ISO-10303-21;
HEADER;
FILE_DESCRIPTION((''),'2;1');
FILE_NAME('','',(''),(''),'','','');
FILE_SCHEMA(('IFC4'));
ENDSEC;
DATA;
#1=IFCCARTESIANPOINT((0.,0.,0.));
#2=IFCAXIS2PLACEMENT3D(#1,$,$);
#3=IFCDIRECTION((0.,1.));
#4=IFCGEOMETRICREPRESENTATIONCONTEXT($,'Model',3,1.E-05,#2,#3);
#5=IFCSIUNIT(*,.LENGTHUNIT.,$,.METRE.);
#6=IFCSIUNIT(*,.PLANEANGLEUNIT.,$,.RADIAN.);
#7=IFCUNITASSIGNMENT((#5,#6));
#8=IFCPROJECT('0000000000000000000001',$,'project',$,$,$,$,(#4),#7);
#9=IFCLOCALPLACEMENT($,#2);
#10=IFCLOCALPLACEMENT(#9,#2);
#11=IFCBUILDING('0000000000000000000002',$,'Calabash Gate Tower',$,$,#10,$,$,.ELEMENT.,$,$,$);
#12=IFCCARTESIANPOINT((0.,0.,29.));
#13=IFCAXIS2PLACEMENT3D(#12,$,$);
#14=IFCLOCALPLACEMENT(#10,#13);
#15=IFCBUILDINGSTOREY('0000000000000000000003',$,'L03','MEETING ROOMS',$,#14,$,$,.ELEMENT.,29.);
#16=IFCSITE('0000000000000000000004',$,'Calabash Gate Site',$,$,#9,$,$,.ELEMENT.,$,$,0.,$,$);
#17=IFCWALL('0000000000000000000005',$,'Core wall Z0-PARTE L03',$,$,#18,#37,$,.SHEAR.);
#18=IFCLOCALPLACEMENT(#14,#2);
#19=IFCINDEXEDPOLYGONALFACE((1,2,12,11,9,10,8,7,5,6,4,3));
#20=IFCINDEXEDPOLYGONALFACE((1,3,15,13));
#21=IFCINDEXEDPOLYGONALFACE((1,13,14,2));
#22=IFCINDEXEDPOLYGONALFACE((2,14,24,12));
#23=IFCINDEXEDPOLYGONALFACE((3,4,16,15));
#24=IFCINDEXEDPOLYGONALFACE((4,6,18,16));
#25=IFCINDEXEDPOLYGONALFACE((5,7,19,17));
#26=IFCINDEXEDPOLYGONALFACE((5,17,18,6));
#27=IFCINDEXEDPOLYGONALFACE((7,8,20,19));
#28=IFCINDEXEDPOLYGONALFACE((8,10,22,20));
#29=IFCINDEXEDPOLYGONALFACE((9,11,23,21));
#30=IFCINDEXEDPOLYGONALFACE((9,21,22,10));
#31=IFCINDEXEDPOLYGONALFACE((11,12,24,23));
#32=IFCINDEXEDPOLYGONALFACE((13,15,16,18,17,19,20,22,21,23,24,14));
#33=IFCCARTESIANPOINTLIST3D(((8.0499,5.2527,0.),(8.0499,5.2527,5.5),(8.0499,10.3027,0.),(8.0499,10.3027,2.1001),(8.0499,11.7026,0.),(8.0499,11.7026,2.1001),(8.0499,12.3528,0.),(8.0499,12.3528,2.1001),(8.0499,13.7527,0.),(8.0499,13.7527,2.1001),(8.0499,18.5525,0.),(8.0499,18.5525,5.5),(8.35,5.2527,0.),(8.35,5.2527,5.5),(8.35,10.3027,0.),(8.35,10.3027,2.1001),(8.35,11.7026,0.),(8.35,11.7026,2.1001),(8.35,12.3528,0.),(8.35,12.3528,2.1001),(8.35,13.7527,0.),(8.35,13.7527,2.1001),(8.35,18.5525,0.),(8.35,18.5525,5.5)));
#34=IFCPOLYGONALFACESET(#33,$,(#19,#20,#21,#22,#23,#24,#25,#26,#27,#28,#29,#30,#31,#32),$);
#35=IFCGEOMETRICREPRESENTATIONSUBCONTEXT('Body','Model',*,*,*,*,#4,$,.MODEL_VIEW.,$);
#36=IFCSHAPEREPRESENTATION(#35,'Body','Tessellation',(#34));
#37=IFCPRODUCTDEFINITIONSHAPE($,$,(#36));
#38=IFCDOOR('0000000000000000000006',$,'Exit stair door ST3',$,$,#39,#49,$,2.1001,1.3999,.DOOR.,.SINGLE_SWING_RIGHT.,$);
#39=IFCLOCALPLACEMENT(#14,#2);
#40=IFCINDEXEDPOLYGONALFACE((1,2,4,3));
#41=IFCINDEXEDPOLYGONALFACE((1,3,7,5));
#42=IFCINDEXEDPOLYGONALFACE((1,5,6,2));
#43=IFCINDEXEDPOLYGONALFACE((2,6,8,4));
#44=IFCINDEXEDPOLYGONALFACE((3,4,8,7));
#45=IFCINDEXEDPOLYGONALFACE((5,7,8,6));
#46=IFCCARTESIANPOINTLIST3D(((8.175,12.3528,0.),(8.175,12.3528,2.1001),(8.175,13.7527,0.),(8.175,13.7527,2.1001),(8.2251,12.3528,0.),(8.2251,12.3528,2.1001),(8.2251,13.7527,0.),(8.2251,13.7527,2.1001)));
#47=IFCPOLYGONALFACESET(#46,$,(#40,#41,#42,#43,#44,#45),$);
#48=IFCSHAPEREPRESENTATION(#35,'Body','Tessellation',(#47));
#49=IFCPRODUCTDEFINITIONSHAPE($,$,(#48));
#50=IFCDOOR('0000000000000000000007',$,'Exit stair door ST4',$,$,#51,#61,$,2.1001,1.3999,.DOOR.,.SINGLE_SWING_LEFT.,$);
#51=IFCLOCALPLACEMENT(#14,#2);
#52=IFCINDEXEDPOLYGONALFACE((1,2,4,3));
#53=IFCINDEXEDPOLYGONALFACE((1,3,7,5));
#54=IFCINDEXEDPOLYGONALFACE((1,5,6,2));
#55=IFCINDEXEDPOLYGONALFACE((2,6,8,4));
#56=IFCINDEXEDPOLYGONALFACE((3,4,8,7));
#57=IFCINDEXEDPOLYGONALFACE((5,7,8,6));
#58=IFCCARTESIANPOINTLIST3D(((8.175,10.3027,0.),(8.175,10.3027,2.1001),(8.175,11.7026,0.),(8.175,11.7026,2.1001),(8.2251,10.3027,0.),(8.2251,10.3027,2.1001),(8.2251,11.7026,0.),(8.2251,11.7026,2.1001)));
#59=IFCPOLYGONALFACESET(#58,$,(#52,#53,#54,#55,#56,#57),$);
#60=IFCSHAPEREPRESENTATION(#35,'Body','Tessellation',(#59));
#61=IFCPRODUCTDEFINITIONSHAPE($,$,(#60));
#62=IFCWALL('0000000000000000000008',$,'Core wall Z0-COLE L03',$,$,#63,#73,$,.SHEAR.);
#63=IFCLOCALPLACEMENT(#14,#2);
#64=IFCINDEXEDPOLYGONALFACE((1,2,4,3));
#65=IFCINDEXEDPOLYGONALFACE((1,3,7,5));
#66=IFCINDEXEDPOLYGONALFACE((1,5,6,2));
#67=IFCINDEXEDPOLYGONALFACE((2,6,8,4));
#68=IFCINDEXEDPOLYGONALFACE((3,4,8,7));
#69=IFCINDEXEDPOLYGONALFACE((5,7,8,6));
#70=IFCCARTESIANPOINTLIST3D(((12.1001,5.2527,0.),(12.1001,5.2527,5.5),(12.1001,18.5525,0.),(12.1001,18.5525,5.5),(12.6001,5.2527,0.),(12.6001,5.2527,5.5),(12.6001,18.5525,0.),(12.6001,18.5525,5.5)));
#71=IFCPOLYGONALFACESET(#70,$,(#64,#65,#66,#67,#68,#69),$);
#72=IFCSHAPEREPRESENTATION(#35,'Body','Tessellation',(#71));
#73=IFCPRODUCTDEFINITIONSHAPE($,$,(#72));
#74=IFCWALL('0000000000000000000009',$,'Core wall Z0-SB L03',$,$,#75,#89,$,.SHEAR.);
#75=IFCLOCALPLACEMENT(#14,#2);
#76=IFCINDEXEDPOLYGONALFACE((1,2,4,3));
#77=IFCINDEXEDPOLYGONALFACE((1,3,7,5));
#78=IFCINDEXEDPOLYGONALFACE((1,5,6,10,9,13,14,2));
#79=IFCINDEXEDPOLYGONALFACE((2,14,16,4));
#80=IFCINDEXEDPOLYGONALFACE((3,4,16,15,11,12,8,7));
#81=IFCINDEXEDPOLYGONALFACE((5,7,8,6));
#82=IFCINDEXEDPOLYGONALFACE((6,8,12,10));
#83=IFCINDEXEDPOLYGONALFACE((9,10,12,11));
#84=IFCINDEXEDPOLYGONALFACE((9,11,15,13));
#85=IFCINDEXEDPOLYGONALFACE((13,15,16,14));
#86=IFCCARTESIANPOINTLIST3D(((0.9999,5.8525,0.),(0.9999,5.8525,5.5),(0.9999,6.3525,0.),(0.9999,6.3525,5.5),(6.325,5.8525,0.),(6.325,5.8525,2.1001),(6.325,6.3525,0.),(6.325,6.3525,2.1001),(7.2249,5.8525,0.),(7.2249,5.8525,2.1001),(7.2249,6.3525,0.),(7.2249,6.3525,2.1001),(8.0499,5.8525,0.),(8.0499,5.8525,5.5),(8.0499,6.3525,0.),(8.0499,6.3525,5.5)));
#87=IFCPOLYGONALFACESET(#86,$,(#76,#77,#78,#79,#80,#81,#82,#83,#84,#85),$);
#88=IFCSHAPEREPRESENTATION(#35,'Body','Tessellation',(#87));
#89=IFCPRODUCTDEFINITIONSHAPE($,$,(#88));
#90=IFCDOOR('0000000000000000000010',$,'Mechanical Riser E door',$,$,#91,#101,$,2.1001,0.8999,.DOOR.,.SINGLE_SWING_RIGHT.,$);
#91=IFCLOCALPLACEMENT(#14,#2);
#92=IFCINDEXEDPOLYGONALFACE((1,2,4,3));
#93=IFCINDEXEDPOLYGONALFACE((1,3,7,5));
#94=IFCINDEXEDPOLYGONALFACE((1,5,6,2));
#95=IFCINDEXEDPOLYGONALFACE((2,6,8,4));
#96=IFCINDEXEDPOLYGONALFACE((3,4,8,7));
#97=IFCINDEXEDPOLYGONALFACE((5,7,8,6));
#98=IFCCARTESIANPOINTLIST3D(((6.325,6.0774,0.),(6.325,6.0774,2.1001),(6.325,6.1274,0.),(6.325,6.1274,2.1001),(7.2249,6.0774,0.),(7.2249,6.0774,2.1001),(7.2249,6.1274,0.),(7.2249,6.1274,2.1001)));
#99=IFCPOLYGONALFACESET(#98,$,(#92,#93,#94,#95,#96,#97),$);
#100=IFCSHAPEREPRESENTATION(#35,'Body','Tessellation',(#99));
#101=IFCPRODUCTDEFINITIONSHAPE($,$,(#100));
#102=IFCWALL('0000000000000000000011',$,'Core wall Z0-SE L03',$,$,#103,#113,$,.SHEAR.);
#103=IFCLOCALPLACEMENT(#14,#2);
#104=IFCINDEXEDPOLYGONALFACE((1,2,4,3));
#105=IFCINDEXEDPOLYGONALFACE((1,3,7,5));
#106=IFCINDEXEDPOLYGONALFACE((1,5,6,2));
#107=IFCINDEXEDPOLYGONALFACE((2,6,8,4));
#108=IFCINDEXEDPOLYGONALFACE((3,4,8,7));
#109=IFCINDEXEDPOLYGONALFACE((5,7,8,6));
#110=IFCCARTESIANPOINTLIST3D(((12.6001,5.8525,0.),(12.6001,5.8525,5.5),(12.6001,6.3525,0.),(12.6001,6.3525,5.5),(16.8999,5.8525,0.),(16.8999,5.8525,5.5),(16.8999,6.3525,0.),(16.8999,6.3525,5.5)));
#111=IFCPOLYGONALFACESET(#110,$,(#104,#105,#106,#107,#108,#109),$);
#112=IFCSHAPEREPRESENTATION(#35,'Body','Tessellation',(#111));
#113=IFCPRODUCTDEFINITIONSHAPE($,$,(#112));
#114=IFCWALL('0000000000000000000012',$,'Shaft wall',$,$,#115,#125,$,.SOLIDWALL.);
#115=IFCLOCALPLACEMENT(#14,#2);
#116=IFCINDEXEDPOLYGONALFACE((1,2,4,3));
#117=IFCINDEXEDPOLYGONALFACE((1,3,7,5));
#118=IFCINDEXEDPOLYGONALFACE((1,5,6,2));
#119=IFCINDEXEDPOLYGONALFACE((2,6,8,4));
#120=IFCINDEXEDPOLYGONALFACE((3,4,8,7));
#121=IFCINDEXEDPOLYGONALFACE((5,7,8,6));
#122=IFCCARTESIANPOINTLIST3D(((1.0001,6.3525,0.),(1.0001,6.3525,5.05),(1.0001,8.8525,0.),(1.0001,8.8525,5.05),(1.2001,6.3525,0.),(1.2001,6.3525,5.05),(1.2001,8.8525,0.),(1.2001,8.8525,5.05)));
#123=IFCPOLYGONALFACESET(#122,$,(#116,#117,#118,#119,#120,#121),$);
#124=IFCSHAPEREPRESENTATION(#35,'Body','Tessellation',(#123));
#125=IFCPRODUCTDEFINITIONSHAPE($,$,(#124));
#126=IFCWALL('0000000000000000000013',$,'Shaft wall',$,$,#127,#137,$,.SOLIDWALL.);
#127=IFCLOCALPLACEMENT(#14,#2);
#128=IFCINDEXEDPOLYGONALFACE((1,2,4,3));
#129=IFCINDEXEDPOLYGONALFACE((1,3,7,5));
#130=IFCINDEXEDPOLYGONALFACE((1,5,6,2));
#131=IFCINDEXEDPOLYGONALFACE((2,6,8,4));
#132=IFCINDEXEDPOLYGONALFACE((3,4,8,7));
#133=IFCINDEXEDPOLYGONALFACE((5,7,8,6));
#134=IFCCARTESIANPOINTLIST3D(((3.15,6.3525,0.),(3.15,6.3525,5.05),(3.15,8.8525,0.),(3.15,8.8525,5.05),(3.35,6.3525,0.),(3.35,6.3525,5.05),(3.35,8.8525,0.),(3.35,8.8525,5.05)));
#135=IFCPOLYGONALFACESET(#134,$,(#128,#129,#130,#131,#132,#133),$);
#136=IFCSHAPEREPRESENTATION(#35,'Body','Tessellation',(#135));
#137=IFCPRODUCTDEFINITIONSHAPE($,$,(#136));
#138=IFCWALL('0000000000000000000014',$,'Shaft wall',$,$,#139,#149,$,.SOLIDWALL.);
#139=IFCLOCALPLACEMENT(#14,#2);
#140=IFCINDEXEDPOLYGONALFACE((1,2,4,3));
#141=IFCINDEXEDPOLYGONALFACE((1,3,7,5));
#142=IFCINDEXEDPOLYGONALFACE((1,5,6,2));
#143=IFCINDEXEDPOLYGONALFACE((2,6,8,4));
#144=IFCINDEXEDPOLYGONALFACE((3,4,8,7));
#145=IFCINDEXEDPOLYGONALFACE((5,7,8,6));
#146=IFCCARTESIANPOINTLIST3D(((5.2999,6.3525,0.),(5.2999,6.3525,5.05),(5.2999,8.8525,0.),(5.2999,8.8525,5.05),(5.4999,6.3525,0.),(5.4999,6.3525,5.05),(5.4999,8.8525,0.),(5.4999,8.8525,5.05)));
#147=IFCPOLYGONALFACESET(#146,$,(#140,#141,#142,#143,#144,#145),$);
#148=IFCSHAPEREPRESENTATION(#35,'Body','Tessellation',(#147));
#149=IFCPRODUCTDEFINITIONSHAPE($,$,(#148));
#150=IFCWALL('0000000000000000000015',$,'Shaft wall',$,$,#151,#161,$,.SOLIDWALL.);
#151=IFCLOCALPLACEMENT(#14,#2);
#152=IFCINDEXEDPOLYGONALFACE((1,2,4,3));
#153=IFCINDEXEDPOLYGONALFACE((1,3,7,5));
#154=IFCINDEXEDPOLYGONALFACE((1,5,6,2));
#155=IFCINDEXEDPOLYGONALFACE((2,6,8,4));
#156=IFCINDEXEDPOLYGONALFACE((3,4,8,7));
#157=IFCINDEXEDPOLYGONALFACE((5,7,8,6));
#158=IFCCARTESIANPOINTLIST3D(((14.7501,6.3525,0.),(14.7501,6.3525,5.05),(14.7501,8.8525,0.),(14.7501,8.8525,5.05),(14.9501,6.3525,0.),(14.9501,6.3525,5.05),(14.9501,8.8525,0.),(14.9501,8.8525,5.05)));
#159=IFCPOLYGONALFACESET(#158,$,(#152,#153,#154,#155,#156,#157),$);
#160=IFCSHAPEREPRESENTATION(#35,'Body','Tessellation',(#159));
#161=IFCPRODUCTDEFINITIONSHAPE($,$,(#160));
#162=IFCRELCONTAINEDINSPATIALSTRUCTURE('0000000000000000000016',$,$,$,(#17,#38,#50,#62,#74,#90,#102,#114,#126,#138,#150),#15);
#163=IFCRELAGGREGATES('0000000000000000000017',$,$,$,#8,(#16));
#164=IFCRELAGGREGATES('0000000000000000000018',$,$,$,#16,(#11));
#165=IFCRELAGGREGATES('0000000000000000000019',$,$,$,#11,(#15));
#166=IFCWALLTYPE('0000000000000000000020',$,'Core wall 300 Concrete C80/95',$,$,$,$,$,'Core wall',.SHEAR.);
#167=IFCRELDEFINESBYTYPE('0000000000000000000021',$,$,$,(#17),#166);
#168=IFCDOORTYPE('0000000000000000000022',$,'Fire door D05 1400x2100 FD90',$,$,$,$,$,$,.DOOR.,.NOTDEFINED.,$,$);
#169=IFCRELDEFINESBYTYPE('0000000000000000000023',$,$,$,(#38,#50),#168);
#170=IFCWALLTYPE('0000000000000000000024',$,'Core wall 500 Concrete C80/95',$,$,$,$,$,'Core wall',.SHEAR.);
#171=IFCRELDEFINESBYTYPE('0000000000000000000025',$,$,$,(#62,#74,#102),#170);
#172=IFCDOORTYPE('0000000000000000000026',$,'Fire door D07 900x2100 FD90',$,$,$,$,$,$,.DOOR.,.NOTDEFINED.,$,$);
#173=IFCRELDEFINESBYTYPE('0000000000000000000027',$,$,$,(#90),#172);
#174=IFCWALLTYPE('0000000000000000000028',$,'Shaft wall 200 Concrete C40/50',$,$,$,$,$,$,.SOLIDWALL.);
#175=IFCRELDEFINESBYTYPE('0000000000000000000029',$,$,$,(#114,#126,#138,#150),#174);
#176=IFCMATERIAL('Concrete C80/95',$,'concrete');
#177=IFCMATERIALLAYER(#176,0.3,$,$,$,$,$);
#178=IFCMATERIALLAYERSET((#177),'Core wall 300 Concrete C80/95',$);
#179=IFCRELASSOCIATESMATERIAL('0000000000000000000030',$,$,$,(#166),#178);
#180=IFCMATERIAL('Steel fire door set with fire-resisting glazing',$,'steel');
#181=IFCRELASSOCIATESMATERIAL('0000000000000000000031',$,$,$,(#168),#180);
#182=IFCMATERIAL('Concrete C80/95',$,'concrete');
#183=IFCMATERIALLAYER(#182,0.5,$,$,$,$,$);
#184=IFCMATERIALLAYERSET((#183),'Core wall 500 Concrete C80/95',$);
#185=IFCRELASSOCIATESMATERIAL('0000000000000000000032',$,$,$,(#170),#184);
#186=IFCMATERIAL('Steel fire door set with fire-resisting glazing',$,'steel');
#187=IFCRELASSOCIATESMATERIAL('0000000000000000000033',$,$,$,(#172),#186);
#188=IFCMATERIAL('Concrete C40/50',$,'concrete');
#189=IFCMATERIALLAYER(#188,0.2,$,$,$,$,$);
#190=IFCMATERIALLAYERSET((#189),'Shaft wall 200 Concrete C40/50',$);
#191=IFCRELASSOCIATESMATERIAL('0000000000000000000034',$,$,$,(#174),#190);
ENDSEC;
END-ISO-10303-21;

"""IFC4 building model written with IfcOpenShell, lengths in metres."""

from ifc_helpers import new_model, si_unit, direction, frame, frame_2d, origin, place, context, subcontext, project, spatial, rectangle, extrude, material, layer, layer_set, type_object, element, fill, save


model = new_model("IFC4")

# Units and contexts
model_context = context("Model", 3, precision=1e-05, world=origin(), true_north=direction((0.0, 1.0)))
body_context = subcontext(model_context, "Body", "Model", "MODEL_VIEW")
ifc_project = project(units=[si_unit("LENGTHUNIT", "METRE"), si_unit("PLANEANGLEUNIT", "RADIAN")], contexts=[model_context])

# Site, building, storey
site_placement = place(None, origin())
site = spatial("IfcSite", under=ifc_project, at=site_placement, Name="Calabash Gate Site", CompositionType="ELEMENT", RefElevation=0.0)
building_placement = place(site_placement, origin())
building = spatial("IfcBuilding", under=site, at=building_placement, Name="Calabash Gate Tower", CompositionType="ELEMENT")
storey_placement = place(building_placement, frame((0.0, 0.0, 29.0)))
storey = spatial("IfcBuildingStorey", under=building, at=storey_placement, Name="L03", Description="MEETING ROOMS", CompositionType="ELEMENT", Elevation=29.0)

# Wall, openings, doors
ifc_material_1 = material(Name="Concrete C80/95", Category="concrete")
ifc_layer_1 = layer(ifc_material_1, 0.3)
ifc_layer_set_1 = layer_set([ifc_layer_1], Name="Core wall 300 Concrete C80/95")
wall_type_1 = type_object("IfcWallType", Name="Core wall 300 Concrete C80/95", ElementType="Core wall", PredefinedType="SHEAR", material=ifc_layer_set_1)
wall_1_placement = place(storey_placement, frame((8.2, 5.2527, 0.0), z_axis=(0.0, 0.0, 1.0), x_axis=(0.0, 1.0, 0.0)))
wall_1 = element("IfcWall", 1, at=wall_1_placement, inside=storey, type_object=wall_type_1, Name="Core wall Z0-PARTE L03", PredefinedType="SHEAR", context=body_context, shape_type="SweptSolid", body=[
    extrude(rectangle(XDim=13.2998, YDim=0.3, at=frame_2d((6.6499, 0.0))), origin(), (0.0, 0.0, 1.0), 5.5),
])
opening_1_placement = place(wall_1_placement, frame((7.1001, 0.0, 0.0)))
opening_1 = element("IfcOpeningElement", 2, at=opening_1_placement, cuts=wall_1, PredefinedType="OPENING", context=body_context, shape_type="SweptSolid", body=[
    extrude(rectangle(XDim=1.3999, YDim=2.1001, at=frame_2d((0.7, 1.05))), frame((0.0, 0.1599, 0.0), z_axis=(0.0, -1.0, 0.0), x_axis=(1.0, 0.0, 0.0)), (0.0, 0.0, 1.0), 0.3201),
])
opening_2_placement = place(wall_1_placement, frame((5.05, 0.0, 0.0)))
opening_2 = element("IfcOpeningElement", 3, at=opening_2_placement, cuts=wall_1, PredefinedType="OPENING", context=body_context, shape_type="SweptSolid", body=[
    extrude(rectangle(XDim=1.3999, YDim=2.1001, at=frame_2d((0.7, 1.05))), frame((0.0, 0.1599, 0.0), z_axis=(0.0, -1.0, 0.0), x_axis=(1.0, 0.0, 0.0)), (0.0, 0.0, 1.0), 0.3201),
])
ifc_material_2 = material(Name="Steel fire door set with fire-resisting glazing", Category="steel")
door_type_1 = type_object("IfcDoorType", Name="Fire door D05 1400x2100 FD90", OperationType="NOTDEFINED", PredefinedType="DOOR", material=ifc_material_2)
door_1_placement = place(opening_1_placement, origin())
door_1 = element("IfcDoor", 4, at=door_1_placement, inside=storey, type_object=door_type_1, Name="Exit stair door ST3", OperationType="SINGLE_SWING_RIGHT", OverallHeight=2.1001, OverallWidth=1.3999, PredefinedType="DOOR", context=body_context, shape_type="SweptSolid", body=[
    extrude(rectangle(XDim=1.3999, YDim=2.1001, at=frame_2d((0.7, 1.05))), frame((0.0, 0.0249, 0.0), z_axis=(0.0, -1.0, 0.0), x_axis=(1.0, 0.0, 0.0)), (0.0, 0.0, 1.0), 0.05),
])
fill(opening_1, door_1)
door_2_placement = place(opening_2_placement, origin())
door_2 = element("IfcDoor", 5, at=door_2_placement, inside=storey, type_object=door_type_1, Name="Exit stair door ST4", OperationType="SINGLE_SWING_LEFT", OverallHeight=2.1001, OverallWidth=1.3999, PredefinedType="DOOR", context=body_context, shape_type="SweptSolid", body=[
    extrude(rectangle(XDim=1.3999, YDim=2.1001, at=frame_2d((0.7, 1.05))), frame((0.0, 0.0249, 0.0), z_axis=(0.0, -1.0, 0.0), x_axis=(1.0, 0.0, 0.0)), (0.0, 0.0, 1.0), 0.05),
])
fill(opening_2, door_2)

# Wall
ifc_material_3 = material(Name="Concrete C80/95", Category="concrete")
ifc_layer_2 = layer(ifc_material_3, 0.5)
ifc_layer_set_2 = layer_set([ifc_layer_2], Name="Core wall 500 Concrete C80/95")
wall_type_2 = type_object("IfcWallType", Name="Core wall 500 Concrete C80/95", ElementType="Core wall", PredefinedType="SHEAR", material=ifc_layer_set_2)
wall_2_placement = place(storey_placement, frame((12.3501, 5.2527, 0.0), z_axis=(0.0, 0.0, 1.0), x_axis=(0.0, 1.0, 0.0)))
element("IfcWall", 6, at=wall_2_placement, inside=storey, type_object=wall_type_2, Name="Core wall Z0-COLE L03", PredefinedType="SHEAR", context=body_context, shape_type="SweptSolid", body=[
    extrude(rectangle(XDim=13.2998, YDim=0.5, at=frame_2d((6.6499, 0.0))), origin(), (0.0, 0.0, 1.0), 5.5),
])

# Wall, opening, door
wall_3_placement = place(storey_placement, frame((1.0, 6.1025, 0.0), z_axis=(0.0, 0.0, 1.0), x_axis=(1.0, 0.0, 0.0)))
wall_3 = element("IfcWall", 7, at=wall_3_placement, inside=storey, type_object=wall_type_2, Name="Core wall Z0-SB L03", PredefinedType="SHEAR", context=body_context, shape_type="SweptSolid", body=[
    extrude(rectangle(XDim=7.05, YDim=0.5, at=frame_2d((3.5249, 0.0))), origin(), (0.0, 0.0, 1.0), 5.5),
])
opening_3_placement = place(wall_3_placement, frame((5.325, 0.0, 0.0)))
opening_3 = element("IfcOpeningElement", 8, at=opening_3_placement, cuts=wall_3, PredefinedType="OPENING", context=body_context, shape_type="SweptSolid", body=[
    extrude(rectangle(XDim=0.8999, YDim=2.1001, at=frame_2d((0.45, 1.05))), frame((0.0, 0.26, 0.0), z_axis=(0.0, -1.0, 0.0), x_axis=(1.0, 0.0, 0.0)), (0.0, 0.0, 1.0), 0.52),
])
ifc_material_4 = material(Name="Steel fire door set with fire-resisting glazing", Category="steel")
door_type_2 = type_object("IfcDoorType", Name="Fire door D07 900x2100 FD90", OperationType="NOTDEFINED", PredefinedType="DOOR", material=ifc_material_4)
door_3_placement = place(opening_3_placement, origin())
door_3 = element("IfcDoor", 9, at=door_3_placement, inside=storey, type_object=door_type_2, Name="Mechanical Riser E door", OperationType="SINGLE_SWING_RIGHT", OverallHeight=2.1001, OverallWidth=0.8999, PredefinedType="DOOR", context=body_context, shape_type="SweptSolid", body=[
    extrude(rectangle(XDim=0.8999, YDim=2.1001, at=frame_2d((0.45, 1.05))), frame((0.0, 0.0249, 0.0), z_axis=(0.0, -1.0, 0.0), x_axis=(1.0, 0.0, 0.0)), (0.0, 0.0, 1.0), 0.05),
])
fill(opening_3, door_3)

# Walls
wall_4_placement = place(storey_placement, frame((12.6001, 6.1025, 0.0), z_axis=(0.0, 0.0, 1.0), x_axis=(1.0, 0.0, 0.0)))
element("IfcWall", 10, at=wall_4_placement, inside=storey, type_object=wall_type_2, Name="Core wall Z0-SE L03", PredefinedType="SHEAR", context=body_context, shape_type="SweptSolid", body=[
    extrude(rectangle(XDim=4.2998, YDim=0.5, at=frame_2d((2.1499, 0.0))), origin(), (0.0, 0.0, 1.0), 5.5),
])
ifc_material_5 = material(Name="Concrete C40/50", Category="concrete")
ifc_layer_3 = layer(ifc_material_5, 0.2)
ifc_layer_set_3 = layer_set([ifc_layer_3], Name="Shaft wall 200 Concrete C40/50")
wall_type_3 = type_object("IfcWallType", Name="Shaft wall 200 Concrete C40/50", PredefinedType="SOLIDWALL", material=ifc_layer_set_3)
for number, where, z_axis, x_axis, name in (
    (11, (1.1001, 6.3525, 0.0), (0.0, 0.0, 1.0), (0.0, 1.0, 0.0), "Shaft wall"),
    (12, (3.25, 6.3525, 0.0), (0.0, 0.0, 1.0), (0.0, 1.0, 0.0), "Shaft wall"),
    (13, (5.3999, 6.3525, 0.0), (0.0, 0.0, 1.0), (0.0, 1.0, 0.0), "Shaft wall"),
    (14, (14.8501, 6.3525, 0.0), (0.0, 0.0, 1.0), (0.0, 1.0, 0.0), "Shaft wall"),
):
    element("IfcWall", number, at=place(storey_placement, frame(where, z_axis=z_axis, x_axis=x_axis)), inside=storey, type_object=wall_type_3, Name=name, PredefinedType="SOLIDWALL", context=body_context, shape_type="SweptSolid", body=[
        extrude(rectangle(XDim=2.5, YDim=0.2, at=frame_2d((1.25, 0.0))), origin(), (0.0, 0.0, 1.0), 5.05),
    ])

save(model, "model.ifc")
